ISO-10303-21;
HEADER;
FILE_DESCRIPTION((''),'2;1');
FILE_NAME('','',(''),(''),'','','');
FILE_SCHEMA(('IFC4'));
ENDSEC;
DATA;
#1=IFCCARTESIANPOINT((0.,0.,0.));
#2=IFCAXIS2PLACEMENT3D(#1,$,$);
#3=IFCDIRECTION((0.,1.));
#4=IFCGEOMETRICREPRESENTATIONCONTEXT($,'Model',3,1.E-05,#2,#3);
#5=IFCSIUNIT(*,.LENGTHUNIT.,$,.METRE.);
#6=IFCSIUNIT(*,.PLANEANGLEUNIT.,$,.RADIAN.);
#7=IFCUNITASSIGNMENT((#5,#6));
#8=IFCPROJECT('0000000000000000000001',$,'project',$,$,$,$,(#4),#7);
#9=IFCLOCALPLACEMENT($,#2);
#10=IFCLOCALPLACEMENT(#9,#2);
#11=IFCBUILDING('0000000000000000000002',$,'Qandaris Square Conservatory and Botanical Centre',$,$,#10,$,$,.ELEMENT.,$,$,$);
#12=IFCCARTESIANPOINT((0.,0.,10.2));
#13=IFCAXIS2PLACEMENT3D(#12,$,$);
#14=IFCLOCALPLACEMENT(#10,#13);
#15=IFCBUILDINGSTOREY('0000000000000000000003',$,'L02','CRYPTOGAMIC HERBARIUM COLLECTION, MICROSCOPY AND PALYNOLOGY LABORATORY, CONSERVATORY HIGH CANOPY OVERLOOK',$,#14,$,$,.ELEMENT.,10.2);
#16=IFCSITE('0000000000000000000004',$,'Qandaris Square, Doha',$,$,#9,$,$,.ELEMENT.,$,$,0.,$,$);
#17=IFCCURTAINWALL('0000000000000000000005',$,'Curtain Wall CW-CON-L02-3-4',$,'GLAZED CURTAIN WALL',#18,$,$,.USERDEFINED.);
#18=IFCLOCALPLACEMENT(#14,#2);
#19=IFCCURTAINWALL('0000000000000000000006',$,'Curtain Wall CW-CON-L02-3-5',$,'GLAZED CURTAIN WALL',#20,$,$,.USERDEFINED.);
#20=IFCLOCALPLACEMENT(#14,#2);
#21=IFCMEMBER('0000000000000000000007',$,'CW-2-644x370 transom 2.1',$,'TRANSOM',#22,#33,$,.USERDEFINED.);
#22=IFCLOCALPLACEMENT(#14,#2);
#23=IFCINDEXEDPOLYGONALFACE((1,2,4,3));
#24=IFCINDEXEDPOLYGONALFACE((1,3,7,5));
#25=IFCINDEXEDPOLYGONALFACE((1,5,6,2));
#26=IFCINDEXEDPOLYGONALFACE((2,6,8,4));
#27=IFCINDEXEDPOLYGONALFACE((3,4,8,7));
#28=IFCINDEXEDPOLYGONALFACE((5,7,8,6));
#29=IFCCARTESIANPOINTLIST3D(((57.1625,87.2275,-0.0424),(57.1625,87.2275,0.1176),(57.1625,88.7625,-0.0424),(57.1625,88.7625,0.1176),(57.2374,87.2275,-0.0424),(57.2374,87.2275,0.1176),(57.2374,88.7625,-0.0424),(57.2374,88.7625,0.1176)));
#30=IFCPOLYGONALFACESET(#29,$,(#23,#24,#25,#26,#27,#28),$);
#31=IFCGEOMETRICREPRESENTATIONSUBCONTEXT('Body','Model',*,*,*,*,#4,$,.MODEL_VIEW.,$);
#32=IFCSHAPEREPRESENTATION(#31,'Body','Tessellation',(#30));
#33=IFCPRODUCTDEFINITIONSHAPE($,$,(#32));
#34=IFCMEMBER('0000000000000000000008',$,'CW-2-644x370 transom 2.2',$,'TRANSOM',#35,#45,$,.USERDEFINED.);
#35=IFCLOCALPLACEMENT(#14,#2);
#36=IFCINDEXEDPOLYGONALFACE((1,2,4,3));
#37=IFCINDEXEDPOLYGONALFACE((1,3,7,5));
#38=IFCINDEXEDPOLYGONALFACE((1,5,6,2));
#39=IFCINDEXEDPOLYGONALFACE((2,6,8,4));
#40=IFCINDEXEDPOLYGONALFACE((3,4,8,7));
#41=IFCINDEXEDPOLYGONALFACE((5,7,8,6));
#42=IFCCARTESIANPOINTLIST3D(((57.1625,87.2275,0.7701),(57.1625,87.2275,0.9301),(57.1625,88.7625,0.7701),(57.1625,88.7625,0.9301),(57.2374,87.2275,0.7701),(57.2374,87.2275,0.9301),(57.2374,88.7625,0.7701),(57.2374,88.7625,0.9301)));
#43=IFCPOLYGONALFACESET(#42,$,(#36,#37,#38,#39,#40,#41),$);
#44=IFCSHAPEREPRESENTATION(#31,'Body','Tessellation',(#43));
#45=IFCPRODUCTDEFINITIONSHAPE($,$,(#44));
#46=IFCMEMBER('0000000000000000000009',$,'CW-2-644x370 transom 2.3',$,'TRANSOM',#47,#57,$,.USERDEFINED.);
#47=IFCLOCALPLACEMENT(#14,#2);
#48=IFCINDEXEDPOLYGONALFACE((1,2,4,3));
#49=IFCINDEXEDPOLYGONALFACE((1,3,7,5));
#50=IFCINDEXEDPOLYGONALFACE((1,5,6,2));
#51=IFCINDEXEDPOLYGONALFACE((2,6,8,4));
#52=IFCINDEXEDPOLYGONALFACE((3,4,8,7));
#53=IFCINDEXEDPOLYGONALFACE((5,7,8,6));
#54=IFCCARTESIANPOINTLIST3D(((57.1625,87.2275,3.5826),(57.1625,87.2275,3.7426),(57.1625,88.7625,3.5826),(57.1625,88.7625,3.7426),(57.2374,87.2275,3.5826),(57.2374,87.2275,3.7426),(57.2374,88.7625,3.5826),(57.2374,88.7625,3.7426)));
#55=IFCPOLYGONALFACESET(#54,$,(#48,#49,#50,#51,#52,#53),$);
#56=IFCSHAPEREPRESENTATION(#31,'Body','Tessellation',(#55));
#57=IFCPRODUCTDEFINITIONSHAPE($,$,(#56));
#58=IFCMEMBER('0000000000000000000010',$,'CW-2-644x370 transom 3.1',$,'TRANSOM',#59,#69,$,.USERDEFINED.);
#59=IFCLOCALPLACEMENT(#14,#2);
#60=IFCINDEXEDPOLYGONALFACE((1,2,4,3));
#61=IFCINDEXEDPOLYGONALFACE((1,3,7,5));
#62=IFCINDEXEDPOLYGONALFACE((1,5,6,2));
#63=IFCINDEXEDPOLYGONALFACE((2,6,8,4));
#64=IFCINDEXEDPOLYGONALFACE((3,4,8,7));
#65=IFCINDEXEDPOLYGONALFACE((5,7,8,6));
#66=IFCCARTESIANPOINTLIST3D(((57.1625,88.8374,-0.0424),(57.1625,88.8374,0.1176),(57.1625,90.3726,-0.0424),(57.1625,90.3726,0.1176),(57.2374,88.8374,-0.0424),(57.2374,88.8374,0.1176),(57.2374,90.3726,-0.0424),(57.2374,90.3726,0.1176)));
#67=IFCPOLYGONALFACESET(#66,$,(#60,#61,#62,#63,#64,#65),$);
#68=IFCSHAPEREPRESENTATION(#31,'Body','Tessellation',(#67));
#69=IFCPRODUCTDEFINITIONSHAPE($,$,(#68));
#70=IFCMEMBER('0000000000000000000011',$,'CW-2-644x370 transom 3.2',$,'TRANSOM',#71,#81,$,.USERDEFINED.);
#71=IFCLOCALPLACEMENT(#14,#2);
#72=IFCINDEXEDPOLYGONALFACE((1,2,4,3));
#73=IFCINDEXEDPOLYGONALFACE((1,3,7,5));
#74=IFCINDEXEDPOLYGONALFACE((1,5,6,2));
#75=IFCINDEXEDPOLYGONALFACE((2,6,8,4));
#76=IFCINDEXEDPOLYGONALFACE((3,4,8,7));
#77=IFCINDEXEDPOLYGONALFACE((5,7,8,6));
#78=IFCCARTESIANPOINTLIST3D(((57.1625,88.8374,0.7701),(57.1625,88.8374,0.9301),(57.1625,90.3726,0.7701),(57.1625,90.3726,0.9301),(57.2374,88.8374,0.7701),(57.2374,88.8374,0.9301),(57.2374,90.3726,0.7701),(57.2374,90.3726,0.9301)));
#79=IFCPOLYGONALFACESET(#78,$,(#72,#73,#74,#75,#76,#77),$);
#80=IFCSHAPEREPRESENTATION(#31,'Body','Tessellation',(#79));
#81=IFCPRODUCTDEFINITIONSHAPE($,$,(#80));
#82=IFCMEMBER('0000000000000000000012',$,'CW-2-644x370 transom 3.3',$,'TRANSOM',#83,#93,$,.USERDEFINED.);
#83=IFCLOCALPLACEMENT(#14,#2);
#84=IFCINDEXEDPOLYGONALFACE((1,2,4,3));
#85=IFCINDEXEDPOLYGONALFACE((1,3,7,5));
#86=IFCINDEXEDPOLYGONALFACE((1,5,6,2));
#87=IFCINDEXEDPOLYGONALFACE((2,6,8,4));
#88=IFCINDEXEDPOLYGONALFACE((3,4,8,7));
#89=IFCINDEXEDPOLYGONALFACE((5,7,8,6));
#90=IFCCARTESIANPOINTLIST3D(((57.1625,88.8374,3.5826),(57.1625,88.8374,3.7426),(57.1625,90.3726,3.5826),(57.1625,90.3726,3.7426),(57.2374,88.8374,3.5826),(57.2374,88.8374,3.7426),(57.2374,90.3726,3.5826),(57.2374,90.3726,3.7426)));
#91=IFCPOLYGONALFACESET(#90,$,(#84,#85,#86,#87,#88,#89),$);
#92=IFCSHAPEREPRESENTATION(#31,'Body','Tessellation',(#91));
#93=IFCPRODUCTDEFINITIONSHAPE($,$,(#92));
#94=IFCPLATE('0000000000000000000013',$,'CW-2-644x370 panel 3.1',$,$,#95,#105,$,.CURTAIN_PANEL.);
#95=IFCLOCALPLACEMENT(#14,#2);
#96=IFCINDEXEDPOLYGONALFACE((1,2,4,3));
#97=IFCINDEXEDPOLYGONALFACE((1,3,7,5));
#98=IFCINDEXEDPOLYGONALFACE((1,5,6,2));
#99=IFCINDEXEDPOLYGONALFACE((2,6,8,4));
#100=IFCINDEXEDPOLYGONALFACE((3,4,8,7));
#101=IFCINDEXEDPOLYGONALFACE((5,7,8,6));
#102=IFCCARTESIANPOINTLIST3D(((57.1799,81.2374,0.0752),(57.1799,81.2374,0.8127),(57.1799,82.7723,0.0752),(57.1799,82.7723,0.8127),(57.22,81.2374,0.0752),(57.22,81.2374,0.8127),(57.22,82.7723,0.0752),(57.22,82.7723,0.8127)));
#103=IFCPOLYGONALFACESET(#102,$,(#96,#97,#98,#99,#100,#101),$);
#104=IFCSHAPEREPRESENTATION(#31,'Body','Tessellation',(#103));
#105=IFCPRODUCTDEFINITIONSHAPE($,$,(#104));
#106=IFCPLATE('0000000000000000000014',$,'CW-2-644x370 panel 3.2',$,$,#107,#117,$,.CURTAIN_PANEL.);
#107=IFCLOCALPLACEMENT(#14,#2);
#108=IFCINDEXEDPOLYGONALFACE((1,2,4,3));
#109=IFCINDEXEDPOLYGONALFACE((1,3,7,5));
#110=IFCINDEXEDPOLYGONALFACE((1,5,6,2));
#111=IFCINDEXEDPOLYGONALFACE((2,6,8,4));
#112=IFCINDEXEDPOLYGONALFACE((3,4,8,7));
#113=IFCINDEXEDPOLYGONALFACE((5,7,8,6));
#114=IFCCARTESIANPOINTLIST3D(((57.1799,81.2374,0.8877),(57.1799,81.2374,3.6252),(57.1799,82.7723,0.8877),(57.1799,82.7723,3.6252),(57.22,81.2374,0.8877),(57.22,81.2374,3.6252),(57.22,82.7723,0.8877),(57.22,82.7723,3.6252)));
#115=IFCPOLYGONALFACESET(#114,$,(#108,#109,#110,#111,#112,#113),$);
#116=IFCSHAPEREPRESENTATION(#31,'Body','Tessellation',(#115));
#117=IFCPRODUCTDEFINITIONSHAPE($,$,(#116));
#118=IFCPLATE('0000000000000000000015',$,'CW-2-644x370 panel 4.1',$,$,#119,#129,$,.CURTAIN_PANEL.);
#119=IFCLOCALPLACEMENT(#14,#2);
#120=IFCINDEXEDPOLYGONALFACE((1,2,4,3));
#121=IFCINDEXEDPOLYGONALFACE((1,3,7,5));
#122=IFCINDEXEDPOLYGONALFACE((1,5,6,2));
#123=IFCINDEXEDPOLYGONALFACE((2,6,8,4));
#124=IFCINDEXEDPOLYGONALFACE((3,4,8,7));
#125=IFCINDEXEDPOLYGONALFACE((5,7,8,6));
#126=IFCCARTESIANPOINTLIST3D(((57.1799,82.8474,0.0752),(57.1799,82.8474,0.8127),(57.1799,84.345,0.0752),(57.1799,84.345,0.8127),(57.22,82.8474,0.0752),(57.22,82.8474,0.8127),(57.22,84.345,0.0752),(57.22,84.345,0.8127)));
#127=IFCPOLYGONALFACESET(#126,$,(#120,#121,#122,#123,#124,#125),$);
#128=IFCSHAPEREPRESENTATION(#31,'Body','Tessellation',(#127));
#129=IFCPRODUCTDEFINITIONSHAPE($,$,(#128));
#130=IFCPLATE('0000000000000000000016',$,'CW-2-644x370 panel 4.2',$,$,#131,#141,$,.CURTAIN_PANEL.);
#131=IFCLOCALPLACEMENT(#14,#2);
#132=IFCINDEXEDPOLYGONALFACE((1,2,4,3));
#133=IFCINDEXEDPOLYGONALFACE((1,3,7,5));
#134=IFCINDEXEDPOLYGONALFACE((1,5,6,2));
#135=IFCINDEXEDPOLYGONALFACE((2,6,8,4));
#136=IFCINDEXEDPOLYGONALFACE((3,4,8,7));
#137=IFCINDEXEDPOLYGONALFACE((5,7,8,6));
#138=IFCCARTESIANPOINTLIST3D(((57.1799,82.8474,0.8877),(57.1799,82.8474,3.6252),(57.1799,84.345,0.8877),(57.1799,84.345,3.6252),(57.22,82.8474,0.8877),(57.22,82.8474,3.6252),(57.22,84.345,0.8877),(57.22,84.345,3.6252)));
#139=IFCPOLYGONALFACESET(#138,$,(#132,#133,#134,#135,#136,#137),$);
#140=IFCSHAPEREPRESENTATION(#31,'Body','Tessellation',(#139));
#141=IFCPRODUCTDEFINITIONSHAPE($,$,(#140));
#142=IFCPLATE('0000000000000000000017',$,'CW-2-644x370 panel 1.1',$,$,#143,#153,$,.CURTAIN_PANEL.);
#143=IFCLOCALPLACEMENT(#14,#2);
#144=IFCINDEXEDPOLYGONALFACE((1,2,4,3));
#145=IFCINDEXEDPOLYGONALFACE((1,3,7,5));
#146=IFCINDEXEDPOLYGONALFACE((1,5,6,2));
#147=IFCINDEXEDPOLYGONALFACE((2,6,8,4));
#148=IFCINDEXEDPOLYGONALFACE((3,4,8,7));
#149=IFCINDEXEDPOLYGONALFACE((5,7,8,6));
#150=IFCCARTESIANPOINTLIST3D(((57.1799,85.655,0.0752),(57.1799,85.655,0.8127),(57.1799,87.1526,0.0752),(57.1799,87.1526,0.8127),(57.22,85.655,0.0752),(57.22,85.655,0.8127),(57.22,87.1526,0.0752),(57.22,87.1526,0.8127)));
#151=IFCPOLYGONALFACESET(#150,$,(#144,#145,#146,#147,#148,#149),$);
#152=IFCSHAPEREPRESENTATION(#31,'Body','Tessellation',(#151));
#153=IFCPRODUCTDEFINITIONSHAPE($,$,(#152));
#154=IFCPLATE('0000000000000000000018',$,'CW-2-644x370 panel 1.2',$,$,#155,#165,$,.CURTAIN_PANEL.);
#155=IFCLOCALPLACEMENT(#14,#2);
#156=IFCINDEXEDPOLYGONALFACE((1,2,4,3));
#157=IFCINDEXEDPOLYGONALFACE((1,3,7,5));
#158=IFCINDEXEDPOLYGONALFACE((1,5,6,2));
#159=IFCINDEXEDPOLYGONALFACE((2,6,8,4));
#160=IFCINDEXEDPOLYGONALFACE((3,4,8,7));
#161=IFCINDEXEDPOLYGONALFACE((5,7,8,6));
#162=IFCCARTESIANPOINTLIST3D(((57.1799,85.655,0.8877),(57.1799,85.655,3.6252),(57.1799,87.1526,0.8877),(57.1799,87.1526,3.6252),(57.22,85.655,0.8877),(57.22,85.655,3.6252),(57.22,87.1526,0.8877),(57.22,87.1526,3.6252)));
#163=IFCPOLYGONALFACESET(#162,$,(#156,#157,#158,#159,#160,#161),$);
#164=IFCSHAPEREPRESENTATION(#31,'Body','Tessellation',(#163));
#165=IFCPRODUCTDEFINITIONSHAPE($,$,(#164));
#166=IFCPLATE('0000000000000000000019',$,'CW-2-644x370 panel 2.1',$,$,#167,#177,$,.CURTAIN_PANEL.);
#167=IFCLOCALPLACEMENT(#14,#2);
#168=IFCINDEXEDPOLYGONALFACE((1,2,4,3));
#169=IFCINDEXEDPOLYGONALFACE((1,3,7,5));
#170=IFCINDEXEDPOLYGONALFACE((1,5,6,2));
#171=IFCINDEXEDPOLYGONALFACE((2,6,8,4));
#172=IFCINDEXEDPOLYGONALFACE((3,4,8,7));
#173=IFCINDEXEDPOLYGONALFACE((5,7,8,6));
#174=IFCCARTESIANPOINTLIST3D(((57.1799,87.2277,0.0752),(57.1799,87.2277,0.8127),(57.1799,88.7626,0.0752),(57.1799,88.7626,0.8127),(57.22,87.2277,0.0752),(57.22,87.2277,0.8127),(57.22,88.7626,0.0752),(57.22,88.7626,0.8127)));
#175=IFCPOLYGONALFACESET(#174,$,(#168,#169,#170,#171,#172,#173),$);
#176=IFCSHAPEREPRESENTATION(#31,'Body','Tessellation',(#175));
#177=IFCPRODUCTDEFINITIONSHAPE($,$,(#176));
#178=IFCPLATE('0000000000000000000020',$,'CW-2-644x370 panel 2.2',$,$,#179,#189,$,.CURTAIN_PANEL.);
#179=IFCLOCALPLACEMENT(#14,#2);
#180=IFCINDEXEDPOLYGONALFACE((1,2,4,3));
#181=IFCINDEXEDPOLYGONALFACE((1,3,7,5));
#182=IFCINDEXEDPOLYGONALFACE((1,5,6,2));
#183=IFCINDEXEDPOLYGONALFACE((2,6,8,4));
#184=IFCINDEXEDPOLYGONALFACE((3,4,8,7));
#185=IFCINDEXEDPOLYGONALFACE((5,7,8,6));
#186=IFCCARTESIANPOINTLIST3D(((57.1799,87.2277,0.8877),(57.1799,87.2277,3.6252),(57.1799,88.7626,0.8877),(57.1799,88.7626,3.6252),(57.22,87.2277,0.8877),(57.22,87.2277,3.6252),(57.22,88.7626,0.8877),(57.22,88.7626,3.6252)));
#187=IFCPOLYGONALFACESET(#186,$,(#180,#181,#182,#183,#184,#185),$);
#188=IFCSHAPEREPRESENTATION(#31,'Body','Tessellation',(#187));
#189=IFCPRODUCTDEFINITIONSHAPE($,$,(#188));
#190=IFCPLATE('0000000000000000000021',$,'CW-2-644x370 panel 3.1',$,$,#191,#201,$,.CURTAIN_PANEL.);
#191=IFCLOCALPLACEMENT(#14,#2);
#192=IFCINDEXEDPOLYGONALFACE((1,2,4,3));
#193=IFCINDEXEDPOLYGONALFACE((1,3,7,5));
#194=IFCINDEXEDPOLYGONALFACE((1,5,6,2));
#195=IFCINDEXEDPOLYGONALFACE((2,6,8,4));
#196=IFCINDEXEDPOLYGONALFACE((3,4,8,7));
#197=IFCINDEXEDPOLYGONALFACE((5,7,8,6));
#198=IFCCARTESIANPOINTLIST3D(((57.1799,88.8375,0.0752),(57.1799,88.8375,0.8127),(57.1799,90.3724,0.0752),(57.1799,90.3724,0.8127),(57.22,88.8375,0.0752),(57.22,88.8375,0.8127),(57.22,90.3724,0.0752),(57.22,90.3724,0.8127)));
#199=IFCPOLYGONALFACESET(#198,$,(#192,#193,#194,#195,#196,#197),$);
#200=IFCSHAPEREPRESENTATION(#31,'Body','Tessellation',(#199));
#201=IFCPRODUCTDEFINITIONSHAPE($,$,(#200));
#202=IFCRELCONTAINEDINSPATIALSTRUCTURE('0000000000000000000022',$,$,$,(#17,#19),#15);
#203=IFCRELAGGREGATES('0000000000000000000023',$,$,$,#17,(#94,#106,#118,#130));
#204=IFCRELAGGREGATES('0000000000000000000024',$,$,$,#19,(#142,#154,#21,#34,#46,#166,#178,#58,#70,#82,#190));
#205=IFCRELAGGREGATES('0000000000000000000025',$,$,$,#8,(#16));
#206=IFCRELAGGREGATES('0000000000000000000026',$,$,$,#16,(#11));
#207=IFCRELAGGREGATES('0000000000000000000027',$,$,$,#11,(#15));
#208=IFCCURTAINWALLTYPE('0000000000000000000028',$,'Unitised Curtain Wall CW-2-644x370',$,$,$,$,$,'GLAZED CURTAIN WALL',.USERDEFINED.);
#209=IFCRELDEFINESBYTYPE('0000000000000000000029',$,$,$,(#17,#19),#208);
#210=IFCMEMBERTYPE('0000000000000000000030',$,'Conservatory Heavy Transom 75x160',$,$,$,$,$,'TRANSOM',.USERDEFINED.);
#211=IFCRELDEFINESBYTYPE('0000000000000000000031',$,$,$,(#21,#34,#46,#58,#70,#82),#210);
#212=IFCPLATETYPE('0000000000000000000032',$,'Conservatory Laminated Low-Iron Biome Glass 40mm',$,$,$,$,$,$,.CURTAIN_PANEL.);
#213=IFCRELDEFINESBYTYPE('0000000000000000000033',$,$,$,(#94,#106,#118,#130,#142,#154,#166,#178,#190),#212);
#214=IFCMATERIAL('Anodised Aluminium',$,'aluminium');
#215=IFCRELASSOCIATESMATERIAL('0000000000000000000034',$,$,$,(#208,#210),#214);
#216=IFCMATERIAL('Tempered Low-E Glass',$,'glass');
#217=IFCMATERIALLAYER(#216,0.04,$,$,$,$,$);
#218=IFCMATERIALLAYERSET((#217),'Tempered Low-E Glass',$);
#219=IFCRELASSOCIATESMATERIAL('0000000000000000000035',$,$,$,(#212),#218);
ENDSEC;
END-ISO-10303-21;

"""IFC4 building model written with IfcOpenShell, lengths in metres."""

from ifc_helpers import new_model, si_unit, direction, frame, origin, origin_2d, place, context, subcontext, project, spatial, rectangle, extrude, material, layer, layer_set, material_profile, profile_set, type_object, element, aggregate, save


model = new_model("IFC4")

# Units and contexts
model_context = context("Model", 3, precision=1e-05, world=origin(), true_north=direction((0.0, 1.0)))
body_context = subcontext(model_context, "Body", "Model", "MODEL_VIEW")
ifc_project = project(units=[si_unit("LENGTHUNIT", "METRE"), si_unit("PLANEANGLEUNIT", "RADIAN")], contexts=[model_context])

# Site, building, storey
site_placement = place(None, origin())
site = spatial("IfcSite", under=ifc_project, at=site_placement, Name="Qandaris Square, Doha", CompositionType="ELEMENT", RefElevation=0.0)
building_placement = place(site_placement, origin())
building = spatial("IfcBuilding", under=site, at=building_placement, Name="Qandaris Square Conservatory and Botanical Centre", CompositionType="ELEMENT")
storey_placement = place(building_placement, frame((0.0, 0.0, 10.2)))
storey = spatial("IfcBuildingStorey", under=building, at=storey_placement, Name="L02", Description="CRYPTOGAMIC HERBARIUM COLLECTION, MICROSCOPY AND PALYNOLOGY LABORATORY, CONSERVATORY HIGH CANOPY OVERLOOK", CompositionType="ELEMENT", Elevation=10.2)

# Curtain walls
ifc_material_1 = material(Name="Anodised Aluminium", Category="aluminium")
curtain_wall_type = type_object("IfcCurtainWallType", Name="Unitised Curtain Wall CW-2-644x370", ElementType="GLAZED CURTAIN WALL", PredefinedType="USERDEFINED", material=ifc_material_1)
curtain_wall_1_placement = place(storey_placement, origin())
curtain_wall_1 = element("IfcCurtainWall", 1, at=curtain_wall_1_placement, inside=storey, type_object=curtain_wall_type, Name="Curtain Wall CW-CON-L02-3-4", ObjectType="GLAZED CURTAIN WALL", PredefinedType="USERDEFINED")
curtain_wall_2_placement = place(storey_placement, origin())
curtain_wall_2 = element("IfcCurtainWall", 2, at=curtain_wall_2_placement, inside=storey, type_object=curtain_wall_type, Name="Curtain Wall CW-CON-L02-3-5", ObjectType="GLAZED CURTAIN WALL", PredefinedType="USERDEFINED")

# Members
ifc_material_profile_1 = material_profile(ifc_material_1, rectangle(XDim=0.075, YDim=0.1599, at=origin_2d()), Name="ALU-TRN 75x160")
ifc_profile_set_1 = profile_set([ifc_material_profile_1], Name="Anodised Aluminium")
member_type_1 = type_object("IfcMemberType", Name="Conservatory Heavy Transom 75x160", ElementType="TRANSOM", PredefinedType="USERDEFINED", material=ifc_profile_set_1)
member_1_placement = place(storey_placement, frame((57.2, 87.2275, 0.0376), z_axis=(0.0, 1.0, 0.0), x_axis=(-1.0, 0.0, 0.0)))
member_1 = element("IfcMember", 3, at=member_1_placement, type_object=member_type_1, Name="CW-2-644x370 transom 2.1", ObjectType="TRANSOM", PredefinedType="USERDEFINED", context=body_context, shape_type="SweptSolid", body=[
    extrude(rectangle(XDim=0.075, YDim=0.1599, at=origin_2d()), origin(), (0.0, 0.0, 1.0), 1.5349),
])
member_2_placement = place(storey_placement, frame((57.2, 87.2275, 0.8501), z_axis=(0.0, 1.0, 0.0), x_axis=(-1.0, 0.0, 0.0)))
member_2 = element("IfcMember", 4, at=member_2_placement, type_object=member_type_1, Name="CW-2-644x370 transom 2.2", ObjectType="TRANSOM", PredefinedType="USERDEFINED", context=body_context, shape_type="SweptSolid", body=[
    extrude(rectangle(XDim=0.075, YDim=0.1599, at=origin_2d()), origin(), (0.0, 0.0, 1.0), 1.5349),
])
member_3_placement = place(storey_placement, frame((57.2, 87.2275, 3.6626), z_axis=(0.0, 1.0, 0.0), x_axis=(-1.0, 0.0, 0.0)))
member_3 = element("IfcMember", 5, at=member_3_placement, type_object=member_type_1, Name="CW-2-644x370 transom 2.3", ObjectType="TRANSOM", PredefinedType="USERDEFINED", context=body_context, shape_type="SweptSolid", body=[
    extrude(rectangle(XDim=0.075, YDim=0.1599, at=origin_2d()), origin(), (0.0, 0.0, 1.0), 1.5349),
])
member_4_placement = place(storey_placement, frame((57.2, 88.8374, 0.0376), z_axis=(0.0, 1.0, 0.0), x_axis=(-1.0, 0.0, 0.0)))
member_4 = element("IfcMember", 6, at=member_4_placement, type_object=member_type_1, Name="CW-2-644x370 transom 3.1", ObjectType="TRANSOM", PredefinedType="USERDEFINED", context=body_context, shape_type="SweptSolid", body=[
    extrude(rectangle(XDim=0.075, YDim=0.1599, at=origin_2d()), origin(), (0.0, 0.0, 1.0), 1.5352),
])
member_5_placement = place(storey_placement, frame((57.2, 88.8374, 0.8501), z_axis=(0.0, 1.0, 0.0), x_axis=(-1.0, 0.0, 0.0)))
member_5 = element("IfcMember", 7, at=member_5_placement, type_object=member_type_1, Name="CW-2-644x370 transom 3.2", ObjectType="TRANSOM", PredefinedType="USERDEFINED", context=body_context, shape_type="SweptSolid", body=[
    extrude(rectangle(XDim=0.075, YDim=0.1599, at=origin_2d()), origin(), (0.0, 0.0, 1.0), 1.5352),
])
member_6_placement = place(storey_placement, frame((57.2, 88.8374, 3.6626), z_axis=(0.0, 1.0, 0.0), x_axis=(-1.0, 0.0, 0.0)))
member_6 = element("IfcMember", 8, at=member_6_placement, type_object=member_type_1, Name="CW-2-644x370 transom 3.3", ObjectType="TRANSOM", PredefinedType="USERDEFINED", context=body_context, shape_type="SweptSolid", body=[
    extrude(rectangle(XDim=0.075, YDim=0.1599, at=origin_2d()), origin(), (0.0, 0.0, 1.0), 1.5352),
])

# Plates
ifc_material_2 = material(Name="Tempered Low-E Glass", Category="glass")
ifc_layer = layer(ifc_material_2, 0.04)
ifc_layer_set = layer_set([ifc_layer], Name="Tempered Low-E Glass")
plate_type = type_object("IfcPlateType", Name="Conservatory Laminated Low-Iron Biome Glass 40mm", PredefinedType="CURTAIN_PANEL", material=ifc_layer_set)
plate_1_placement = place(storey_placement, frame((57.2, 82.0049, 0.0752), z_axis=(0.0, 0.0, 1.0), x_axis=(0.0, 1.0, 0.0)))
plate_1 = element("IfcPlate", 9, at=plate_1_placement, type_object=plate_type, Name="CW-2-644x370 panel 3.1", PredefinedType="CURTAIN_PANEL", context=body_context, shape_type="SweptSolid", body=[
    extrude(rectangle(XDim=1.5349, YDim=0.04, at=origin_2d()), origin(), (0.0, 0.0, 1.0), 0.7375),
])
plate_2_placement = place(storey_placement, frame((57.2, 82.0049, 0.8877), z_axis=(0.0, 0.0, 1.0), x_axis=(0.0, 1.0, 0.0)))
plate_2 = element("IfcPlate", 10, at=plate_2_placement, type_object=plate_type, Name="CW-2-644x370 panel 3.2", PredefinedType="CURTAIN_PANEL", context=body_context, shape_type="SweptSolid", body=[
    extrude(rectangle(XDim=1.5349, YDim=0.04, at=origin_2d()), origin(), (0.0, 0.0, 1.0), 2.7375),
])
plate_3_placement = place(storey_placement, frame((57.2, 83.5962, 0.0752), z_axis=(0.0, 0.0, 1.0), x_axis=(0.0, 1.0, 0.0)))
plate_3 = element("IfcPlate", 11, at=plate_3_placement, type_object=plate_type, Name="CW-2-644x370 panel 4.1", PredefinedType="CURTAIN_PANEL", context=body_context, shape_type="SweptSolid", body=[
    extrude(rectangle(XDim=1.4976, YDim=0.04, at=origin_2d()), origin(), (0.0, 0.0, 1.0), 0.7375),
])
plate_4_placement = place(storey_placement, frame((57.2, 83.5962, 0.8877), z_axis=(0.0, 0.0, 1.0), x_axis=(0.0, 1.0, 0.0)))
plate_4 = element("IfcPlate", 12, at=plate_4_placement, type_object=plate_type, Name="CW-2-644x370 panel 4.2", PredefinedType="CURTAIN_PANEL", context=body_context, shape_type="SweptSolid", body=[
    extrude(rectangle(XDim=1.4976, YDim=0.04, at=origin_2d()), origin(), (0.0, 0.0, 1.0), 2.7375),
])
aggregate(curtain_wall_1, [plate_1, plate_2, plate_3, plate_4])
plate_5_placement = place(storey_placement, frame((57.2, 86.4038, 0.0752), z_axis=(0.0, 0.0, 1.0), x_axis=(0.0, 1.0, 0.0)))
plate_5 = element("IfcPlate", 13, at=plate_5_placement, type_object=plate_type, Name="CW-2-644x370 panel 1.1", PredefinedType="CURTAIN_PANEL", context=body_context, shape_type="SweptSolid", body=[
    extrude(rectangle(XDim=1.4976, YDim=0.04, at=origin_2d()), origin(), (0.0, 0.0, 1.0), 0.7375),
])
plate_6_placement = place(storey_placement, frame((57.2, 86.4038, 0.8877), z_axis=(0.0, 0.0, 1.0), x_axis=(0.0, 1.0, 0.0)))
plate_6 = element("IfcPlate", 14, at=plate_6_placement, type_object=plate_type, Name="CW-2-644x370 panel 1.2", PredefinedType="CURTAIN_PANEL", context=body_context, shape_type="SweptSolid", body=[
    extrude(rectangle(XDim=1.4976, YDim=0.04, at=origin_2d()), origin(), (0.0, 0.0, 1.0), 2.7375),
])
plate_7_placement = place(storey_placement, frame((57.2, 87.9951, 0.0752), z_axis=(0.0, 0.0, 1.0), x_axis=(0.0, 1.0, 0.0)))
plate_7 = element("IfcPlate", 15, at=plate_7_placement, type_object=plate_type, Name="CW-2-644x370 panel 2.1", PredefinedType="CURTAIN_PANEL", context=body_context, shape_type="SweptSolid", body=[
    extrude(rectangle(XDim=1.5349, YDim=0.04, at=origin_2d()), origin(), (0.0, 0.0, 1.0), 0.7375),
])
plate_8_placement = place(storey_placement, frame((57.2, 87.9951, 0.8877), z_axis=(0.0, 0.0, 1.0), x_axis=(0.0, 1.0, 0.0)))
plate_8 = element("IfcPlate", 16, at=plate_8_placement, type_object=plate_type, Name="CW-2-644x370 panel 2.2", PredefinedType="CURTAIN_PANEL", context=body_context, shape_type="SweptSolid", body=[
    extrude(rectangle(XDim=1.5349, YDim=0.04, at=origin_2d()), origin(), (0.0, 0.0, 1.0), 2.7375),
])
plate_9_placement = place(storey_placement, frame((57.2, 89.605, 0.0752), z_axis=(0.0, 0.0, 1.0), x_axis=(0.0, 1.0, 0.0)))
plate_9 = element("IfcPlate", 17, at=plate_9_placement, type_object=plate_type, Name="CW-2-644x370 panel 3.1", PredefinedType="CURTAIN_PANEL", context=body_context, shape_type="SweptSolid", body=[
    extrude(rectangle(XDim=1.5349, YDim=0.04, at=origin_2d()), origin(), (0.0, 0.0, 1.0), 0.7375),
])
aggregate(curtain_wall_2, [plate_5, plate_6, member_1, member_2, member_3, plate_7, plate_8, member_4, member_5, member_6, plate_9])

save(model, "model.ifc")
